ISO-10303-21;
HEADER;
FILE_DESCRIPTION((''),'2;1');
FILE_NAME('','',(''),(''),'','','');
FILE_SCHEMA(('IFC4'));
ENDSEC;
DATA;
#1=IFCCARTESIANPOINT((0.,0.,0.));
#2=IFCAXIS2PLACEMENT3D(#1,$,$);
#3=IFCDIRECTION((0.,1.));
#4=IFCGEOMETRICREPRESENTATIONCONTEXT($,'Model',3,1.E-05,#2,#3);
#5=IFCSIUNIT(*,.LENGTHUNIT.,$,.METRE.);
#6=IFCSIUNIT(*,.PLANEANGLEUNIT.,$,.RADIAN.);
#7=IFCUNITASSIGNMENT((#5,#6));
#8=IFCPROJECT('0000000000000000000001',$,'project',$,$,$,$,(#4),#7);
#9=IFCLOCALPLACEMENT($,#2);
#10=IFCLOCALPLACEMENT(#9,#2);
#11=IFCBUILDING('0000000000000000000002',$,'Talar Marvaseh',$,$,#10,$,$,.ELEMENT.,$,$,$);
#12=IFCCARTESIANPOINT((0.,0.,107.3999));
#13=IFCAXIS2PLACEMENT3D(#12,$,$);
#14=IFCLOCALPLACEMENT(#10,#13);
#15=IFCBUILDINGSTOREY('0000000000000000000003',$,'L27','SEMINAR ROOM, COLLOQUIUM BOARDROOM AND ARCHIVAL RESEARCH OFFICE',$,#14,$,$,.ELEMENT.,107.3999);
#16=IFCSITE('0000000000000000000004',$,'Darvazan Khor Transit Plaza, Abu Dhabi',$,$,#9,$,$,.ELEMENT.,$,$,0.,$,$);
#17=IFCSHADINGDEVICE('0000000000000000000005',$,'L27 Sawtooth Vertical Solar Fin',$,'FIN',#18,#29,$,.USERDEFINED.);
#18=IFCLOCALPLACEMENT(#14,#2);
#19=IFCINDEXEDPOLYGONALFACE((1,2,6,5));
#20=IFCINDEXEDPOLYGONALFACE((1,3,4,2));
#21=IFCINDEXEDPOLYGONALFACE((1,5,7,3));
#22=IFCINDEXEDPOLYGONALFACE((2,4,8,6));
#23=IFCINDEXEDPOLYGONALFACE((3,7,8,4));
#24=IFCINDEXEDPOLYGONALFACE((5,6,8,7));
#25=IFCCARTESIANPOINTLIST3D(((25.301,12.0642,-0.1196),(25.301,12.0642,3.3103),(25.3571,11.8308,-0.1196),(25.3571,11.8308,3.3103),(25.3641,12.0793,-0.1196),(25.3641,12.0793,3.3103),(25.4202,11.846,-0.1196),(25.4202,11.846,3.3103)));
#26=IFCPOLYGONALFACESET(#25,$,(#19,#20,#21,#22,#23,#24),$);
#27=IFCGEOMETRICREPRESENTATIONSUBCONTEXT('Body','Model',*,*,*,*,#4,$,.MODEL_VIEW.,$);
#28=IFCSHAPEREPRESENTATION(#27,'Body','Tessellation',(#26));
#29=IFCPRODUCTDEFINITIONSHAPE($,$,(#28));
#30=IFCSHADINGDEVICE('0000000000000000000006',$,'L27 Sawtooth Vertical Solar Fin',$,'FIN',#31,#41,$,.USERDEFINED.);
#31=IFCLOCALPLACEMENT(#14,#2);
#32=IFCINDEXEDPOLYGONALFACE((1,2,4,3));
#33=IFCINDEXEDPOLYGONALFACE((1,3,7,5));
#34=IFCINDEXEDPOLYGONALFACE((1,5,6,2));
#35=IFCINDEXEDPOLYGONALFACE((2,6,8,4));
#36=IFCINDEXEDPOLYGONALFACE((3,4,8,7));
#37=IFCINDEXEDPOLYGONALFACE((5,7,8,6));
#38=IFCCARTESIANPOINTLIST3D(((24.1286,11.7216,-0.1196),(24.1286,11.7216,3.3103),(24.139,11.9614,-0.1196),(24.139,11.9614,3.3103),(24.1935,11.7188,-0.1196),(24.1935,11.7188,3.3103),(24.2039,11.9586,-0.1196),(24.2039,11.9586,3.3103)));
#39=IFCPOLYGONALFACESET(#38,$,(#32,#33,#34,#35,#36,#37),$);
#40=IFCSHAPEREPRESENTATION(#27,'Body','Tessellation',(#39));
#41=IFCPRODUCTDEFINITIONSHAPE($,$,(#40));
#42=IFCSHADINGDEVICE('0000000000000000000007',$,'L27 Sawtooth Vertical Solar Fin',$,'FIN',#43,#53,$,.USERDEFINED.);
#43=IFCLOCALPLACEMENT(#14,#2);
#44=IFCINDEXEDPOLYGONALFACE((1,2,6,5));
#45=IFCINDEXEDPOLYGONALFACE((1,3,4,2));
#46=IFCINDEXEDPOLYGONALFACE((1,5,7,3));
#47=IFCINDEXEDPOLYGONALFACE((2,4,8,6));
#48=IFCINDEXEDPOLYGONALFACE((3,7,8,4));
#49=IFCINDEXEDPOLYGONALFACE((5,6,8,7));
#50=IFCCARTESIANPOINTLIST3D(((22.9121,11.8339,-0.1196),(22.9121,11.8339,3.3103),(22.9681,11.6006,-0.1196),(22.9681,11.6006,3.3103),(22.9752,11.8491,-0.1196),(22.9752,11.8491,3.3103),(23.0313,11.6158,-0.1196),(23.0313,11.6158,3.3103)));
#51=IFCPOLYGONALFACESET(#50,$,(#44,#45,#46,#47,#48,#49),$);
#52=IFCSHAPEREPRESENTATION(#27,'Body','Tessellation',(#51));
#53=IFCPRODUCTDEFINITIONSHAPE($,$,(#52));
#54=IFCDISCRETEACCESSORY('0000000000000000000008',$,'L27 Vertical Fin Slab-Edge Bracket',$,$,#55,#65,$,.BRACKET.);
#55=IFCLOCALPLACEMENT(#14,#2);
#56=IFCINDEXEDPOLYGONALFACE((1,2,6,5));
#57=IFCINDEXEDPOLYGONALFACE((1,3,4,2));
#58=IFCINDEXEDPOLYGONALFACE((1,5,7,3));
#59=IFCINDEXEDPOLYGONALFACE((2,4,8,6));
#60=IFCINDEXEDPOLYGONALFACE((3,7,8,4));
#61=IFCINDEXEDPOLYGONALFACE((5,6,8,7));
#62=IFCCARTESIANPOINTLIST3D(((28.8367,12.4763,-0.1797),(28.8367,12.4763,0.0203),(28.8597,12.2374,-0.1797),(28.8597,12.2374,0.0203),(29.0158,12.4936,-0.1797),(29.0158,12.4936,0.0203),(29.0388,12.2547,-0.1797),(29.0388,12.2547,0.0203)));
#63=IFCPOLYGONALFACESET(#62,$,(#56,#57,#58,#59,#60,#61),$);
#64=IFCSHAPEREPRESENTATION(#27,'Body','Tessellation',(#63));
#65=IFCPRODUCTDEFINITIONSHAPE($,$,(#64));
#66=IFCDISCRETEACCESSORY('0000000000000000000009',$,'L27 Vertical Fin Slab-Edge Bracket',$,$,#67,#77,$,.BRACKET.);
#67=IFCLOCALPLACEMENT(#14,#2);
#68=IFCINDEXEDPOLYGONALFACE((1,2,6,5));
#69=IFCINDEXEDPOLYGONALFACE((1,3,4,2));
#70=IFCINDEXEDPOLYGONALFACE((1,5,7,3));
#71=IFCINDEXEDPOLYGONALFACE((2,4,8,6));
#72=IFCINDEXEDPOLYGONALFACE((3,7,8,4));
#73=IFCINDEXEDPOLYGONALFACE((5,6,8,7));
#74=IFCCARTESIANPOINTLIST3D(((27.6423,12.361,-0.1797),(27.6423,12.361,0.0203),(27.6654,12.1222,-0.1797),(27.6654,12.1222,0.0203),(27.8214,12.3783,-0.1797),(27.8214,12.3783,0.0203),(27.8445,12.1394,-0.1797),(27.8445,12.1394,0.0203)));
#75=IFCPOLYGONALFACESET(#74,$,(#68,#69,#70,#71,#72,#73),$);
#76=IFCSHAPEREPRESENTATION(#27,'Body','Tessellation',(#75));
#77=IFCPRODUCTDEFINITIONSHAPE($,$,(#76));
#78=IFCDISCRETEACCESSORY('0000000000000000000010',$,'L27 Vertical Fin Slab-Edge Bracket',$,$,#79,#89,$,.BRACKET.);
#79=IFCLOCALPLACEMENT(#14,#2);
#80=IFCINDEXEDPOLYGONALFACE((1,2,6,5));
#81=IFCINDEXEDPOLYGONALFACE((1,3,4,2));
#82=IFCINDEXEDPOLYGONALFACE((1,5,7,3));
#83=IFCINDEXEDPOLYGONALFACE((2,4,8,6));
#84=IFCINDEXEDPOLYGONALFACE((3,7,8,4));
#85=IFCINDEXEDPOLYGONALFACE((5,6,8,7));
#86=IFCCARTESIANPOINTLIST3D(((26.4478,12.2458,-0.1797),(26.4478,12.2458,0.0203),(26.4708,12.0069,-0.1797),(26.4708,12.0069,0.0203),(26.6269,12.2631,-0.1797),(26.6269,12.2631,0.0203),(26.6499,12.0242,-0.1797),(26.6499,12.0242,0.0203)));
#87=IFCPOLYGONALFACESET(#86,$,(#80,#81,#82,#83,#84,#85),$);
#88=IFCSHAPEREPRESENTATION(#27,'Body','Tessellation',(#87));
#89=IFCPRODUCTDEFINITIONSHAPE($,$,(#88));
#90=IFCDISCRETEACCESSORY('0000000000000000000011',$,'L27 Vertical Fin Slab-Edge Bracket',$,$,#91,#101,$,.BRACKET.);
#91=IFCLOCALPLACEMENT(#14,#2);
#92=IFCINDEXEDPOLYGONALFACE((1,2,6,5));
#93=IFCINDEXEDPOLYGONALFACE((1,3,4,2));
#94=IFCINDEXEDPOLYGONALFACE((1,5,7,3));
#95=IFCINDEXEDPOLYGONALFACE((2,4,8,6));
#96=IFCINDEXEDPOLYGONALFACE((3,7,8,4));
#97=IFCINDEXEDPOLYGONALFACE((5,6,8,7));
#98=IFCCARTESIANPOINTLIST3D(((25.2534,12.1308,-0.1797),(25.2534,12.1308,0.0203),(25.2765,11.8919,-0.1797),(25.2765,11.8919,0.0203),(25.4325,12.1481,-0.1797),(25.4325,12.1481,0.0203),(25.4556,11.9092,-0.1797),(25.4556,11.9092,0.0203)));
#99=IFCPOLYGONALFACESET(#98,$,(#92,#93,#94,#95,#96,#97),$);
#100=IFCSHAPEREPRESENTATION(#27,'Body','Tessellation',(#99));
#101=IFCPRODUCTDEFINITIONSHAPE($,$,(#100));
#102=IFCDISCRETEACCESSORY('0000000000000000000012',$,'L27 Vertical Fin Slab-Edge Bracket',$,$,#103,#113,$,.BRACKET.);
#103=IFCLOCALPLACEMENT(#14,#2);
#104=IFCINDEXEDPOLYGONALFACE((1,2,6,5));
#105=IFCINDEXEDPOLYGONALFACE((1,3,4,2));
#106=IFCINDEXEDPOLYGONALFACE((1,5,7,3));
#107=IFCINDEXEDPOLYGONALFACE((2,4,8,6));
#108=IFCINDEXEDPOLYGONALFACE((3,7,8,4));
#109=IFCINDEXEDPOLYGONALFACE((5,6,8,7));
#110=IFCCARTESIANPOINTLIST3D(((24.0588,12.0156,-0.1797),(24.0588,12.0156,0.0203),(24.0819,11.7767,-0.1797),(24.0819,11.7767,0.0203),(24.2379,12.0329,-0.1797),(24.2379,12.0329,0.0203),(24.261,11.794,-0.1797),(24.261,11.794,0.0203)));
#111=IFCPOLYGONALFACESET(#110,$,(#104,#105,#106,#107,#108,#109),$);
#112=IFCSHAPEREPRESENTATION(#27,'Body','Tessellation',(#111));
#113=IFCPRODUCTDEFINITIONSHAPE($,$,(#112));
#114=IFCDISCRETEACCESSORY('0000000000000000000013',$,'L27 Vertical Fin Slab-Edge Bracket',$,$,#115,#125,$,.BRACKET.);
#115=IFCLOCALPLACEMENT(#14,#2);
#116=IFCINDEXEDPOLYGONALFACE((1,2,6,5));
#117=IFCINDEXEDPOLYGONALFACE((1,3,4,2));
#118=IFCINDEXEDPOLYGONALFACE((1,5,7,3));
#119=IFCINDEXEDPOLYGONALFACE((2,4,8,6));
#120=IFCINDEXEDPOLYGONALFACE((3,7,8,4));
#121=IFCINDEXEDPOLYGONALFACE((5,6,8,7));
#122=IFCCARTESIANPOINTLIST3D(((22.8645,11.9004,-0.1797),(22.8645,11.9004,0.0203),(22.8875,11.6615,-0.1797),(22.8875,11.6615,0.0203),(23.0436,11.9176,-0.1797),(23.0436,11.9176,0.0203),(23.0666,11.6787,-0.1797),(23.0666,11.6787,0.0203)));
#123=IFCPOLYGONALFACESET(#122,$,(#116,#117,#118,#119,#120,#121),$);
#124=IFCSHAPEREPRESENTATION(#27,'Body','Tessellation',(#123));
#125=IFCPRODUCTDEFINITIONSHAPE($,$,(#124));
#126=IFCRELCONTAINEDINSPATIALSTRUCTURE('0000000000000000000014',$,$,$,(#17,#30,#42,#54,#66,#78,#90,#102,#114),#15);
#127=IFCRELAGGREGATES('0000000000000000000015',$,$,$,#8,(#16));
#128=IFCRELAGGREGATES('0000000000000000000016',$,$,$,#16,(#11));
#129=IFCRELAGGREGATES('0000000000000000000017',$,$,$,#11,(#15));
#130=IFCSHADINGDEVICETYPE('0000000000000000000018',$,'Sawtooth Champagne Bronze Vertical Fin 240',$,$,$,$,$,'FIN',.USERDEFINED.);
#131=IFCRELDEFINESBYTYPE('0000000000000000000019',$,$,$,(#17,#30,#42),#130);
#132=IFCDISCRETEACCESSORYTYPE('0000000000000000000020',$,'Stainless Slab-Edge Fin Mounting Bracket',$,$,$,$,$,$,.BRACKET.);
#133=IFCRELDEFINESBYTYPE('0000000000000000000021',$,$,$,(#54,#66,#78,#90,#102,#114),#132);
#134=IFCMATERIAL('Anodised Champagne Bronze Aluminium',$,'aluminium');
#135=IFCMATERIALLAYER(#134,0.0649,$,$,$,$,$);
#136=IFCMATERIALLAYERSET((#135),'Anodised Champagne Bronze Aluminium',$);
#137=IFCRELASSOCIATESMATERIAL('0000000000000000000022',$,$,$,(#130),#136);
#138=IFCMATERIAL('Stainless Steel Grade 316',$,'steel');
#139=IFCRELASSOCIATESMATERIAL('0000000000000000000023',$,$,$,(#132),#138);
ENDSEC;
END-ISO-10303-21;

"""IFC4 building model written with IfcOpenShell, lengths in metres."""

from ifc_helpers import new_model, si_unit, direction, frame, origin, origin_2d, place, context, subcontext, project, spatial, rectangle, extrude, source, transform, mapped, material, layer, layer_set, type_object, type_shapes, element, save


model = new_model("IFC4")

# Units and contexts
model_context = context("Model", 3, precision=1e-05, world=origin(), true_north=direction((0.0, 1.0)))
body_context = subcontext(model_context, "Body", "Model", "MODEL_VIEW")
ifc_project = project(units=[si_unit("LENGTHUNIT", "METRE"), si_unit("PLANEANGLEUNIT", "RADIAN")], contexts=[model_context])

# Site, building, storey
site_placement = place(None, origin())
site = spatial("IfcSite", under=ifc_project, at=site_placement, Name="Darvazan Khor Transit Plaza, Abu Dhabi", CompositionType="ELEMENT", RefElevation=0.0)
building_placement = place(site_placement, origin())
building = spatial("IfcBuilding", under=site, at=building_placement, Name="Talar Marvaseh", CompositionType="ELEMENT")
storey_placement = place(building_placement, frame((0.0, 0.0, 107.3999)))
storey = spatial("IfcBuildingStorey", under=building, at=storey_placement, Name="L27", Description="SEMINAR ROOM, COLLOQUIUM BOARDROOM AND ARCHIVAL RESEARCH OFFICE", CompositionType="ELEMENT", Elevation=107.3999)

# Shading devices
ifc_material_1 = material(Name="Anodised Champagne Bronze Aluminium", Category="aluminium")
ifc_layer_1 = layer(ifc_material_1, 0.0649)
ifc_layer_set_1 = layer_set([ifc_layer_1], Name="Anodised Champagne Bronze Aluminium")
shading_device_type = type_object("IfcShadingDeviceType", Name="Sawtooth Champagne Bronze Vertical Fin 240", ElementType="FIN", PredefinedType="USERDEFINED", material=ifc_layer_set_1)
shared_shape_1 = source(origin(), body_context, "Body", "SweptSolid", [
    extrude(rectangle(XDim=0.24, YDim=0.0649, at=origin_2d()), origin(), (0.0, 0.0, 1.0), 3.4299),
])
type_shapes(shading_device_type, [shared_shape_1])
for number, where, z_axis, x_axis, name in (
    (1, (25.3606, 11.9551, -0.1196), (0.0, 0.0, 1.0), (0.233615, -0.972329, 0.0), "L27 Sawtooth Vertical Solar Fin"),
    (2, (24.1663, 11.8401, -0.1196), (0.0, 0.0, 1.0), (-0.043445, -0.999056, 0.0), "L27 Sawtooth Vertical Solar Fin"),
    (3, (22.9717, 11.7249, -0.1196), (0.0, 0.0, 1.0), (0.233615, -0.972329, 0.0), "L27 Sawtooth Vertical Solar Fin"),
):
    element("IfcShadingDevice", number, at=place(storey_placement, frame(where, z_axis=z_axis, x_axis=x_axis)), inside=storey, type_object=shading_device_type, Name=name, ObjectType="FIN", PredefinedType="USERDEFINED", context=body_context, shape_type="MappedRepresentation", body=[
        mapped(shared_shape_1, transform((0.0, 0.0, 0.0), x_axis=(1.0, 0.0, 0.0), y_axis=(0.0, 1.0, 0.0), z_axis=(0.0, 0.0, 1.0), scale=1.0)),
    ])

# Discrete accessories
ifc_material_2 = material(Name="Stainless Steel Grade 316", Category="steel")
discrete_accessory_type = type_object("IfcDiscreteAccessoryType", Name="Stainless Slab-Edge Fin Mounting Bracket", PredefinedType="BRACKET", material=ifc_material_2)
shared_shape_2 = source(origin(), body_context, "Body", "SweptSolid", [
    extrude(rectangle(XDim=0.24, YDim=0.1799, at=origin_2d()), origin(), (0.0, 0.0, 1.0), 0.2),
])
type_shapes(discrete_accessory_type, [shared_shape_2])
for number, where, z_axis, x_axis, name in (
    (4, (28.9377, 12.3655, -0.1797), (0.0, 0.0, 1.0), (0.096019, -0.995379, 0.0), "L27 Vertical Fin Slab-Edge Bracket"),
    (5, (27.7434, 12.2502, -0.1797), (0.0, 0.0, 1.0), (0.096019, -0.995379, 0.0), "L27 Vertical Fin Slab-Edge Bracket"),
    (6, (26.5488, 12.135, -0.1797), (0.0, 0.0, 1.0), (0.096019, -0.995379, 0.0), "L27 Vertical Fin Slab-Edge Bracket"),
    (7, (25.3545, 12.02, -0.1797), (0.0, 0.0, 1.0), (0.096019, -0.995379, 0.0), "L27 Vertical Fin Slab-Edge Bracket"),
    (8, (24.1599, 11.9048, -0.1797), (0.0, 0.0, 1.0), (0.096019, -0.995379, 0.0), "L27 Vertical Fin Slab-Edge Bracket"),
    (9, (22.9656, 11.7896, -0.1797), (0.0, 0.0, 1.0), (0.096019, -0.995379, 0.0), "L27 Vertical Fin Slab-Edge Bracket"),
):
    element("IfcDiscreteAccessory", number, at=place(storey_placement, frame(where, z_axis=z_axis, x_axis=x_axis)), inside=storey, type_object=discrete_accessory_type, Name=name, PredefinedType="BRACKET", context=body_context, shape_type="MappedRepresentation", body=[
        mapped(shared_shape_2, transform((0.0, 0.0, 0.0), x_axis=(1.0, 0.0, 0.0), y_axis=(0.0, 1.0, 0.0), z_axis=(0.0, 0.0, 1.0), scale=1.0)),
    ])

save(model, "model.ifc")
